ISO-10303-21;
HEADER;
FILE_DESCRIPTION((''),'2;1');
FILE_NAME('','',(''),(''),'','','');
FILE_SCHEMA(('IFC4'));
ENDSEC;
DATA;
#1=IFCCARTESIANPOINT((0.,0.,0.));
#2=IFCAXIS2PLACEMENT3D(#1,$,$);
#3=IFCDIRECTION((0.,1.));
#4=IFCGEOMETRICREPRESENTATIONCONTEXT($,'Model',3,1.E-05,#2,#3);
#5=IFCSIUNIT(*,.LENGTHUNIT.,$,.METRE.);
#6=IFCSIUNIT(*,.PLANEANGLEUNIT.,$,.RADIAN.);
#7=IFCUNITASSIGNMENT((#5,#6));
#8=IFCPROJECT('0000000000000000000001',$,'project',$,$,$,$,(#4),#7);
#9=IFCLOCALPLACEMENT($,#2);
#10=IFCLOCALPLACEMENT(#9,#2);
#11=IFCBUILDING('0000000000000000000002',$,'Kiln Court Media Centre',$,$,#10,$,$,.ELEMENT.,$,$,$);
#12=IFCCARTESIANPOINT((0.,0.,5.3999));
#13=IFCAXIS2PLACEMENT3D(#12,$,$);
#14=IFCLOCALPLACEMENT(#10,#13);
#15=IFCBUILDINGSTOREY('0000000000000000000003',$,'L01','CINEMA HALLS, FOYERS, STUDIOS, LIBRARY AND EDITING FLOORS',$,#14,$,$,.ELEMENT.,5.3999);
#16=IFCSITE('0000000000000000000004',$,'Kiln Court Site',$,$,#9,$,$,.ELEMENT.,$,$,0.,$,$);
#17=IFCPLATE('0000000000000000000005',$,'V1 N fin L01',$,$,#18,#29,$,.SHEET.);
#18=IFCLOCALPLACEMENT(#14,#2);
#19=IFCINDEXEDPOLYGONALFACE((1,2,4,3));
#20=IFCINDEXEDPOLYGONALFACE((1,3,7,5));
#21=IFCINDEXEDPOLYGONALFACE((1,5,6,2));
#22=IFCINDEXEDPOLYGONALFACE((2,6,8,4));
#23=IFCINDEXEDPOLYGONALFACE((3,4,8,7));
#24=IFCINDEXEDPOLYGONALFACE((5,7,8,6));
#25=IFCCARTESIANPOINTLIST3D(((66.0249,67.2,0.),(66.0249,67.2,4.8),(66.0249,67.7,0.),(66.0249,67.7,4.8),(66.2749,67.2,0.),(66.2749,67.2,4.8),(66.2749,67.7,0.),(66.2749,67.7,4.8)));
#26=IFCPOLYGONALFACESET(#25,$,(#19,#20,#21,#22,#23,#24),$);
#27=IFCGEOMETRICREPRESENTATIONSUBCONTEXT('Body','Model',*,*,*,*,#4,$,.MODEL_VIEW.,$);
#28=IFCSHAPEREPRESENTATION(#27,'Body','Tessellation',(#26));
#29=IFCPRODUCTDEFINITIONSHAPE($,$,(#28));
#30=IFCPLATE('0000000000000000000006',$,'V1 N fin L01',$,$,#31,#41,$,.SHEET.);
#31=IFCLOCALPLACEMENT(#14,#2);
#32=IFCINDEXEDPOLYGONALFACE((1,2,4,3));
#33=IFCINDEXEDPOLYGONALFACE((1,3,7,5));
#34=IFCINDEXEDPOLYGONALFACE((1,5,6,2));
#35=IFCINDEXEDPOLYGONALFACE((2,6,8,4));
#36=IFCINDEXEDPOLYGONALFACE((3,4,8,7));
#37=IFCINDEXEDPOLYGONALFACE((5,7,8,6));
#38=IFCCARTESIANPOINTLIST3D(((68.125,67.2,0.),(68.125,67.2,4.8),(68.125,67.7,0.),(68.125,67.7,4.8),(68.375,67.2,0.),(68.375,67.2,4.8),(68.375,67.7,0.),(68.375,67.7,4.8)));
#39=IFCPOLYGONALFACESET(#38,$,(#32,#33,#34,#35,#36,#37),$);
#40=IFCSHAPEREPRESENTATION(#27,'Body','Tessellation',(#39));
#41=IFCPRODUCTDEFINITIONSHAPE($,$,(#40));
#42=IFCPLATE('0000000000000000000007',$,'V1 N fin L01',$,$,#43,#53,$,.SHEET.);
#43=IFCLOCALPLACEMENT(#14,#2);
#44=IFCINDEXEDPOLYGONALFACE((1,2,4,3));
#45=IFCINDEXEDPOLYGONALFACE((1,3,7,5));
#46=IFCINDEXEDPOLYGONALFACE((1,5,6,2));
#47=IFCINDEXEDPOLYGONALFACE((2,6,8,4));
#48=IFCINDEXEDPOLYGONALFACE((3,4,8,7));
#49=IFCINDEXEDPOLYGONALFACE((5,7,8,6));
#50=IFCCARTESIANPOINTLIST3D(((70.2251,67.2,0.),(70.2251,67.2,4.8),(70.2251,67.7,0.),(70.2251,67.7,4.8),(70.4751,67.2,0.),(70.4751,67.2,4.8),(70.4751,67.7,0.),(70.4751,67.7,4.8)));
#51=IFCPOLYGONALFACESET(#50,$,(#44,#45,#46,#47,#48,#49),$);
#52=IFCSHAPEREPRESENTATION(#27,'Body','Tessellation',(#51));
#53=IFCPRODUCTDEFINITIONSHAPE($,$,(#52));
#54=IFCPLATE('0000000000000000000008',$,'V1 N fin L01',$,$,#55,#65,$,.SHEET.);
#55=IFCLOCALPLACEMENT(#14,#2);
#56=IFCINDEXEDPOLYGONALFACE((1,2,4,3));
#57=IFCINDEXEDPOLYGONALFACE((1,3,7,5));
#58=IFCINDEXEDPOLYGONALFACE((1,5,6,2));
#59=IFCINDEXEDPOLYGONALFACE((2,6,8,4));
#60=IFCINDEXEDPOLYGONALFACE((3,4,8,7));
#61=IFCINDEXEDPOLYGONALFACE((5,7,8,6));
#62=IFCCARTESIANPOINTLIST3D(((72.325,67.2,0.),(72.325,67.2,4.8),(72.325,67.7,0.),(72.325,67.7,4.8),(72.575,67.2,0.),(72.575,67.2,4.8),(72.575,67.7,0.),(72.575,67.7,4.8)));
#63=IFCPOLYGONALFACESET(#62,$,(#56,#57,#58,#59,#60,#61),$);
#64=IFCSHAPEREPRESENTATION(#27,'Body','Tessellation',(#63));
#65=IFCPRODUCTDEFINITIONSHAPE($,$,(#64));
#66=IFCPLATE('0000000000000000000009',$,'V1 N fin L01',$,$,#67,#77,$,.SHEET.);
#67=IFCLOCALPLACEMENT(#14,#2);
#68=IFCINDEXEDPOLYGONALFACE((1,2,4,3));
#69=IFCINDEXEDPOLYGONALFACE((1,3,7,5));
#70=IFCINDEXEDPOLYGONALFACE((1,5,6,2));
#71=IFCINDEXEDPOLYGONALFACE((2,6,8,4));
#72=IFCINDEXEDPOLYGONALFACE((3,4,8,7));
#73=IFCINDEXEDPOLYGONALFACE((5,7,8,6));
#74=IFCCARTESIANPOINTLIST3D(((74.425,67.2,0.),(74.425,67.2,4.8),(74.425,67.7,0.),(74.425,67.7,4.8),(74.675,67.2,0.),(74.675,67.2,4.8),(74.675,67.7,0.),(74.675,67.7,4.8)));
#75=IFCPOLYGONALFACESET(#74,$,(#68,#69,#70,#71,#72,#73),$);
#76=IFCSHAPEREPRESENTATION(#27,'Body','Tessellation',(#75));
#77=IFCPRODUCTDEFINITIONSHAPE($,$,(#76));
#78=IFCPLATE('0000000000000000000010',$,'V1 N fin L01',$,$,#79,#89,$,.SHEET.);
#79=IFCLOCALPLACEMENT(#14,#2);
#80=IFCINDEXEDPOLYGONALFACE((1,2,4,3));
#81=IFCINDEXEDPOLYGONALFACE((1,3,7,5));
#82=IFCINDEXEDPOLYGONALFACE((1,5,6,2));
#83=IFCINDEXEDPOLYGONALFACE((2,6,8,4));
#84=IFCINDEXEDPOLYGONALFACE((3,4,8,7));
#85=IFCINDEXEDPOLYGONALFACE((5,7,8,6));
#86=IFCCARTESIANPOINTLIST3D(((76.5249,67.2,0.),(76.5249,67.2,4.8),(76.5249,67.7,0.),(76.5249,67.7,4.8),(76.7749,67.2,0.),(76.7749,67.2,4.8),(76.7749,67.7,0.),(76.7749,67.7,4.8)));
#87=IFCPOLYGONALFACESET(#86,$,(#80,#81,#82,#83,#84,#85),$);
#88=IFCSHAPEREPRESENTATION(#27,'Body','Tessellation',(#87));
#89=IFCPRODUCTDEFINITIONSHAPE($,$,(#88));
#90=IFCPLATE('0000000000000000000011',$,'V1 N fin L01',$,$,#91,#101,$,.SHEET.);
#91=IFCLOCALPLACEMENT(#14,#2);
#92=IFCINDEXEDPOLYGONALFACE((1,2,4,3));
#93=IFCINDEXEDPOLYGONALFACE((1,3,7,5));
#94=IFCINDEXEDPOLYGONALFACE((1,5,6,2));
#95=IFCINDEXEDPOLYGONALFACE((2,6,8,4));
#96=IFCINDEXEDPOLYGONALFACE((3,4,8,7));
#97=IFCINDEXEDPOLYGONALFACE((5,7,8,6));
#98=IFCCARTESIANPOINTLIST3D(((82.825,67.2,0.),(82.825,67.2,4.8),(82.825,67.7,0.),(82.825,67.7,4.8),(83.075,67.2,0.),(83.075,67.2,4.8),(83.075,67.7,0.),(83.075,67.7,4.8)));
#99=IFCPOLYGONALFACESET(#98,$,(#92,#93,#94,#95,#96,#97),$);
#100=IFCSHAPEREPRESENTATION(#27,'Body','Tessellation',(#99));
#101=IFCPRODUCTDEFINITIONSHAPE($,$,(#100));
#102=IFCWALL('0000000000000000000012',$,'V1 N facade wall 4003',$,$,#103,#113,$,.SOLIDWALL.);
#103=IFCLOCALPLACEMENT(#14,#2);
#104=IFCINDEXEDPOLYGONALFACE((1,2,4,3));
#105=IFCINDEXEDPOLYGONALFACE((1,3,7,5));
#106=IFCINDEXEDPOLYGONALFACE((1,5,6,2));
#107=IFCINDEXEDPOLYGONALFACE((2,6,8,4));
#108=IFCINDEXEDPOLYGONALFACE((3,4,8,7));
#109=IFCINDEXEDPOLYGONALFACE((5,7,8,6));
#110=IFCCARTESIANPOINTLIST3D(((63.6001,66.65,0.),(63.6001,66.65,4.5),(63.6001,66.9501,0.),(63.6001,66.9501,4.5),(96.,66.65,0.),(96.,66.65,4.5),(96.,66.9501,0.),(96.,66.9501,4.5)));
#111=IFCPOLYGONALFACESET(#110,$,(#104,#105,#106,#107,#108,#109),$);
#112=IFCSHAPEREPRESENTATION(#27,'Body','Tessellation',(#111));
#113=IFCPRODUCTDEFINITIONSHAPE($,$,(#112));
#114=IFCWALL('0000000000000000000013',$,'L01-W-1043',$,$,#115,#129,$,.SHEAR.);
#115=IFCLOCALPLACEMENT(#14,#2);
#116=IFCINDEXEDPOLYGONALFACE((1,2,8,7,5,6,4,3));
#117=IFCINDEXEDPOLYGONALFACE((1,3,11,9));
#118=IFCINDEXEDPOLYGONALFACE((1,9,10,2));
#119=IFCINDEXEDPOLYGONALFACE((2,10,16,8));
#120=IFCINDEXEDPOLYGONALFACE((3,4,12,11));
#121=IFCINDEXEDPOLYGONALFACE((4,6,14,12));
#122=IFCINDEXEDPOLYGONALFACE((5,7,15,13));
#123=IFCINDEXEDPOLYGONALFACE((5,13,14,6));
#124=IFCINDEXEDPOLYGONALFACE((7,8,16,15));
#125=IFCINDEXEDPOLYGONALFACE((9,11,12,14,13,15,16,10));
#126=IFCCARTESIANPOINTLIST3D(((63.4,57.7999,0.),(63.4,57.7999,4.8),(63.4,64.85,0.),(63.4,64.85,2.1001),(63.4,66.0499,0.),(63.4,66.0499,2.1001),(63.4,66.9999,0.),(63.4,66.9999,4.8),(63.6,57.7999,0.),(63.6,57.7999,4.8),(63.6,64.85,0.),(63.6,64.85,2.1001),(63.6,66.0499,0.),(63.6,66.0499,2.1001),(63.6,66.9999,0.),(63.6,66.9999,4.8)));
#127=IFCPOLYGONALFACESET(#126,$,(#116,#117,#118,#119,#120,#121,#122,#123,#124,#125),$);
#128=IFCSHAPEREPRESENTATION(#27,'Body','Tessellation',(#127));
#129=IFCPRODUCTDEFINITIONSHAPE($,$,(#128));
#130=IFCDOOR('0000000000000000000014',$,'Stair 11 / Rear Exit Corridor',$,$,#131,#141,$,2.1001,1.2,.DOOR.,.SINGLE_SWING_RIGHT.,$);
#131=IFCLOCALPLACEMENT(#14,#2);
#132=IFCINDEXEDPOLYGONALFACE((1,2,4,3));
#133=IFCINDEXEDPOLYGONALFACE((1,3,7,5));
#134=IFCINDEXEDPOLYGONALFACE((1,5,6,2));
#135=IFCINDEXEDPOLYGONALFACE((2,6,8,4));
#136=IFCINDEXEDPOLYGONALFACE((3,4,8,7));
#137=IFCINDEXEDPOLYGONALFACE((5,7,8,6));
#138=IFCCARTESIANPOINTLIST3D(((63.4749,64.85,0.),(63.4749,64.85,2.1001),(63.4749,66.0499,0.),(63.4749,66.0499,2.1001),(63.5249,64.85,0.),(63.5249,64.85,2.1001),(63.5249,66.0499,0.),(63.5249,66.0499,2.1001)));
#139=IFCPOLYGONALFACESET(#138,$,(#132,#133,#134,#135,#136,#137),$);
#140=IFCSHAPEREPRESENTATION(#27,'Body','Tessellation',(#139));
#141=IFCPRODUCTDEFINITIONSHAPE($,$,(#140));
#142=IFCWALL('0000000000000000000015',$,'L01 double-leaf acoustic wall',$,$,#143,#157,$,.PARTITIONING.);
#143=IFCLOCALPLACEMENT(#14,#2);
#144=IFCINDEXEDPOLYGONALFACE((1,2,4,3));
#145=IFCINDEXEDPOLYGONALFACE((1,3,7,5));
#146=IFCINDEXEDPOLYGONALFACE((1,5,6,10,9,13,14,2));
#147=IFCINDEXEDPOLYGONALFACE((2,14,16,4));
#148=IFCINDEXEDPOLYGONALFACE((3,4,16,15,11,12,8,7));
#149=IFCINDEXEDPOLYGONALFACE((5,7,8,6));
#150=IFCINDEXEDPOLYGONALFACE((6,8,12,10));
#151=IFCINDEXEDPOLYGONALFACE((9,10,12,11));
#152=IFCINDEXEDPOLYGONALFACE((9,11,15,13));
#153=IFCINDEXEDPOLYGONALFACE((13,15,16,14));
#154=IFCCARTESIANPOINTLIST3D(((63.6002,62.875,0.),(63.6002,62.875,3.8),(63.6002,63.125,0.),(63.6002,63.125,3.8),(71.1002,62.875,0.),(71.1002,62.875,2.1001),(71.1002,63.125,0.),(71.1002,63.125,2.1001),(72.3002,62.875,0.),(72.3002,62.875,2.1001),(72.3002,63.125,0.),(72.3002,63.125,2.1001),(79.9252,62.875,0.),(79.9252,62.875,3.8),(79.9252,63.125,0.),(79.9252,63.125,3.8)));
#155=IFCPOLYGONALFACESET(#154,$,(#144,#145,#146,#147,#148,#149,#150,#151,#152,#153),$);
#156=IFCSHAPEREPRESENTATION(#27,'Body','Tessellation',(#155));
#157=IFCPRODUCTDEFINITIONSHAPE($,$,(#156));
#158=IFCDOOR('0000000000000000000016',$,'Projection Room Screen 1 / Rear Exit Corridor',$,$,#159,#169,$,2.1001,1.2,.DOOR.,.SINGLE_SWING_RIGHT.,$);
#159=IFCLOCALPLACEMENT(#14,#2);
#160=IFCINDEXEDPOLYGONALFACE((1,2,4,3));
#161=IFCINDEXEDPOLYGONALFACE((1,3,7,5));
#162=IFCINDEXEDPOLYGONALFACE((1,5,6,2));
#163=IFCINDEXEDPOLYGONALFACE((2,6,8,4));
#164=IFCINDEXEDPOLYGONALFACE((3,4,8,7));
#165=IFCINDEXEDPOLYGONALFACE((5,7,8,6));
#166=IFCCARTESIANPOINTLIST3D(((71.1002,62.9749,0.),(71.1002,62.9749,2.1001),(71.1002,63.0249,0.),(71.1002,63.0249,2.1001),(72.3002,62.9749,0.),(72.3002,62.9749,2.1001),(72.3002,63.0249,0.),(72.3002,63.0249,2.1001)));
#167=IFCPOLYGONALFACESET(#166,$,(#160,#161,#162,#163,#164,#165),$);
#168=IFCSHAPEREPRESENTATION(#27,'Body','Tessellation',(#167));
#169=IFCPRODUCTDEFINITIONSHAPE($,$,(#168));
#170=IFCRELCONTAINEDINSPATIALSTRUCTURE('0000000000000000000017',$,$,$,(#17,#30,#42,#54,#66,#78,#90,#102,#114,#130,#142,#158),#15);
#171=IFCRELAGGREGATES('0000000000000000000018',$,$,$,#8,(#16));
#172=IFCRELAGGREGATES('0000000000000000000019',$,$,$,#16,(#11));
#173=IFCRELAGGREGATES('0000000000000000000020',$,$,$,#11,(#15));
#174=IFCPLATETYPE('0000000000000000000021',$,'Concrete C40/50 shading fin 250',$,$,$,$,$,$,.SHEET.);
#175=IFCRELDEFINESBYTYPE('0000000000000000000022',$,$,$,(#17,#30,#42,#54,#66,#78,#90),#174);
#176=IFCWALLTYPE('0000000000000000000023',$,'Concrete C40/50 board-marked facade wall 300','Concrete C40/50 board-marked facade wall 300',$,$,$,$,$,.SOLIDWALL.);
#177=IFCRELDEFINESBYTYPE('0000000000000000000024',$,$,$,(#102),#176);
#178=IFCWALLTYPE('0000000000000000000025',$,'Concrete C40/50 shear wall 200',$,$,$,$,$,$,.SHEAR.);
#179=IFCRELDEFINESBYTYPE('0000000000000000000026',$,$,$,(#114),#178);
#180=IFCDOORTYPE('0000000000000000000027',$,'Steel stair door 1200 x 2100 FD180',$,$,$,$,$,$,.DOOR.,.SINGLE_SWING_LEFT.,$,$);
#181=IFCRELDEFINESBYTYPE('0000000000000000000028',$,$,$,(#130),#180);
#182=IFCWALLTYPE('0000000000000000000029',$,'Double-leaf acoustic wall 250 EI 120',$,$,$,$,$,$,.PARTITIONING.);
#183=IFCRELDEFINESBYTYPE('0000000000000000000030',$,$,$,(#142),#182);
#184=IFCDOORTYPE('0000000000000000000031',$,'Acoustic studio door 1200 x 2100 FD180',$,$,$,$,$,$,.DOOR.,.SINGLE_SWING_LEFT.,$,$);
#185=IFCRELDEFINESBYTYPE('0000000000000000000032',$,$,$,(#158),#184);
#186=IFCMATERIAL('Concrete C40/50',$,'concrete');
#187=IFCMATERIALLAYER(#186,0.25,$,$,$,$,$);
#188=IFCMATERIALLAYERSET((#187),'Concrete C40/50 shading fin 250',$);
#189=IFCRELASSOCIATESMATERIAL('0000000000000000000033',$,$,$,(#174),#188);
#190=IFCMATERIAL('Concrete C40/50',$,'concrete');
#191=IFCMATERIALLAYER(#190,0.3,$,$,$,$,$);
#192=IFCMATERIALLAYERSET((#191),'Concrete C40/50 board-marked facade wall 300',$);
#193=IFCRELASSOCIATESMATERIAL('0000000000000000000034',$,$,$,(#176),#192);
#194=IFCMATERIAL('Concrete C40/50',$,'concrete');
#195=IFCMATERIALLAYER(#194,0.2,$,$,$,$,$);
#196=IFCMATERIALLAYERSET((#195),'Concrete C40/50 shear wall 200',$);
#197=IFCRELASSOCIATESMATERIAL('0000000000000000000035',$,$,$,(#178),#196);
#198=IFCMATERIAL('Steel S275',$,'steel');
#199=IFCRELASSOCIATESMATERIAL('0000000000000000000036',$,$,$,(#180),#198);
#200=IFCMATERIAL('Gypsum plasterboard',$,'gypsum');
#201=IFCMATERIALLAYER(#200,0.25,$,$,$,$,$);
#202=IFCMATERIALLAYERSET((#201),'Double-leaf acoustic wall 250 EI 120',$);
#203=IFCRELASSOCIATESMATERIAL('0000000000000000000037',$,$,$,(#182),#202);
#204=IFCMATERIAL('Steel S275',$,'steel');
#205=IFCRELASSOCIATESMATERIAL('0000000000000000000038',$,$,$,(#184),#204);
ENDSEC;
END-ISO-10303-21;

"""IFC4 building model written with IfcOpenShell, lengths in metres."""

from ifc_helpers import new_model, si_unit, direction, frame, frame_2d, origin, origin_2d, place, context, subcontext, project, spatial, rectangle, extrude, material, layer, layer_set, type_object, element, fill, save


model = new_model("IFC4")

# Units and contexts
model_context = context("Model", 3, precision=1e-05, world=origin(), true_north=direction((0.0, 1.0)))
body_context = subcontext(model_context, "Body", "Model", "MODEL_VIEW")
ifc_project = project(units=[si_unit("LENGTHUNIT", "METRE"), si_unit("PLANEANGLEUNIT", "RADIAN")], contexts=[model_context])

# Site, building, storey
site_placement = place(None, origin())
site = spatial("IfcSite", under=ifc_project, at=site_placement, Name="Kiln Court Site", CompositionType="ELEMENT", RefElevation=0.0)
building_placement = place(site_placement, origin())
building = spatial("IfcBuilding", under=site, at=building_placement, Name="Kiln Court Media Centre", CompositionType="ELEMENT")
storey_placement = place(building_placement, frame((0.0, 0.0, 5.3999)))
storey = spatial("IfcBuildingStorey", under=building, at=storey_placement, Name="L01", Description="CINEMA HALLS, FOYERS, STUDIOS, LIBRARY AND EDITING FLOORS", CompositionType="ELEMENT", Elevation=5.3999)

# Plates
ifc_material_1 = material(Name="Concrete C40/50", Category="concrete")
ifc_layer_1 = layer(ifc_material_1, 0.25)
ifc_layer_set_1 = layer_set([ifc_layer_1], Name="Concrete C40/50 shading fin 250")
plate_type = type_object("IfcPlateType", Name="Concrete C40/50 shading fin 250", PredefinedType="SHEET", material=ifc_layer_set_1)
for number, where, z_axis, x_axis, name in (
    (1, (66.1499, 67.45, 0.0), (0.0, 0.0, 1.0), (1.0, 0.0, 0.0), "V1 N fin L01"),
    (2, (68.25, 67.45, 0.0), (0.0, 0.0, 1.0), (1.0, 0.0, 0.0), "V1 N fin L01"),
    (3, (70.3501, 67.45, 0.0), (0.0, 0.0, 1.0), (1.0, 0.0, 0.0), "V1 N fin L01"),
    (4, (72.45, 67.45, 0.0), (0.0, 0.0, 1.0), (1.0, 0.0, 0.0), "V1 N fin L01"),
    (5, (74.55, 67.45, 0.0), (0.0, 0.0, 1.0), (1.0, 0.0, 0.0), "V1 N fin L01"),
    (6, (76.6499, 67.45, 0.0), (0.0, 0.0, 1.0), (1.0, 0.0, 0.0), "V1 N fin L01"),
    (7, (82.95, 67.45, 0.0), (0.0, 0.0, 1.0), (1.0, 0.0, 0.0), "V1 N fin L01"),
):
    element("IfcPlate", number, at=place(storey_placement, frame(where, z_axis=z_axis, x_axis=x_axis)), inside=storey, type_object=plate_type, Name=name, PredefinedType="SHEET", context=body_context, shape_type="SweptSolid", body=[
        extrude(rectangle(XDim=0.25, YDim=0.5, at=origin_2d()), origin(), (0.0, 0.0, 1.0), 4.8),
    ])

# Wall
ifc_material_2 = material(Name="Concrete C40/50", Category="concrete")
ifc_layer_2 = layer(ifc_material_2, 0.3)
ifc_layer_set_2 = layer_set([ifc_layer_2], Name="Concrete C40/50 board-marked facade wall 300")
wall_type_1 = type_object("IfcWallType", Name="Concrete C40/50 board-marked facade wall 300", Description="Concrete C40/50 board-marked facade wall 300", PredefinedType="SOLIDWALL", material=ifc_layer_set_2)
wall_1_placement = place(storey_placement, frame((63.6001, 66.8, 0.0), z_axis=(0.0, 0.0, 1.0), x_axis=(1.0, 0.0, 0.0)))
element("IfcWall", 8, at=wall_1_placement, inside=storey, type_object=wall_type_1, Name="V1 N facade wall 4003", PredefinedType="SOLIDWALL", context=body_context, shape_type="SweptSolid", body=[
    extrude(rectangle(XDim=32.3999, YDim=0.3, at=frame_2d((16.2, 0.0))), origin(), (0.0, 0.0, 1.0), 4.5),
])

# Walls, openings, doors
ifc_material_3 = material(Name="Concrete C40/50", Category="concrete")
ifc_layer_3 = layer(ifc_material_3, 0.2)
ifc_layer_set_3 = layer_set([ifc_layer_3], Name="Concrete C40/50 shear wall 200")
wall_type_2 = type_object("IfcWallType", Name="Concrete C40/50 shear wall 200", PredefinedType="SHEAR", material=ifc_layer_set_3)
wall_2_placement = place(storey_placement, frame((63.5, 67.0, 0.0), z_axis=(0.0, 0.0, 1.0), x_axis=(0.0, -1.0, 0.0)))
wall_2 = element("IfcWall", 9, at=wall_2_placement, inside=storey, type_object=wall_type_2, Name="L01-W-1043", PredefinedType="SHEAR", context=body_context, shape_type="SweptSolid", body=[
    extrude(rectangle(XDim=9.2, YDim=0.2, at=frame_2d((4.6001, 0.0))), origin(), (0.0, 0.0, 1.0), 4.8),
])
opening_1_placement = place(wall_2_placement, frame((0.95, 0.0, 0.0)))
opening_1 = element("IfcOpeningElement", 10, at=opening_1_placement, cuts=wall_2, PredefinedType="OPENING", context=body_context, shape_type="SweptSolid", body=[
    extrude(rectangle(XDim=1.2, YDim=2.1001, at=frame_2d((0.6001, 1.05))), frame((0.0, 0.1099, 0.0), z_axis=(0.0, -1.0, 0.0), x_axis=(1.0, 0.0, 0.0)), (0.0, 0.0, 1.0), 0.22),
])
ifc_material_4 = material(Name="Steel S275", Category="steel")
door_type_1 = type_object("IfcDoorType", Name="Steel stair door 1200 x 2100 FD180", OperationType="SINGLE_SWING_LEFT", PredefinedType="DOOR", material=ifc_material_4)
door_1_placement = place(opening_1_placement, origin())
door_1 = element("IfcDoor", 11, at=door_1_placement, inside=storey, type_object=door_type_1, Name="Stair 11 / Rear Exit Corridor", OperationType="SINGLE_SWING_RIGHT", OverallHeight=2.1001, OverallWidth=1.2, PredefinedType="DOOR", context=body_context, shape_type="SweptSolid", body=[
    extrude(rectangle(XDim=1.2, YDim=2.1001, at=frame_2d((0.6001, 1.05))), frame((0.0, 0.0249, 0.0), z_axis=(0.0, -1.0, 0.0), x_axis=(1.0, 0.0, 0.0)), (0.0, 0.0, 1.0), 0.05),
])
fill(opening_1, door_1)
ifc_material_5 = material(Name="Gypsum plasterboard", Category="gypsum")
ifc_layer_4 = layer(ifc_material_5, 0.25)
ifc_layer_set_4 = layer_set([ifc_layer_4], Name="Double-leaf acoustic wall 250 EI 120")
wall_type_3 = type_object("IfcWallType", Name="Double-leaf acoustic wall 250 EI 120", PredefinedType="PARTITIONING", material=ifc_layer_set_4)
wall_3_placement = place(storey_placement, frame((63.6001, 63.0, 0.0), z_axis=(0.0, 0.0, 1.0), x_axis=(1.0, 0.0, 0.0)))
wall_3 = element("IfcWall", 12, at=wall_3_placement, inside=storey, type_object=wall_type_3, Name="L01 double-leaf acoustic wall", PredefinedType="PARTITIONING", context=body_context, shape_type="SweptSolid", body=[
    extrude(rectangle(XDim=16.325, YDim=0.25, at=frame_2d((8.1626, 0.0))), origin(), (0.0, 0.0, 1.0), 3.8),
])
opening_2_placement = place(wall_3_placement, frame((7.5, 0.0, 0.0)))
opening_2 = element("IfcOpeningElement", 13, at=opening_2_placement, cuts=wall_3, PredefinedType="OPENING", context=body_context, shape_type="SweptSolid", body=[
    extrude(rectangle(XDim=1.2, YDim=2.1001, at=frame_2d((0.6001, 1.05))), frame((0.0, 0.135, 0.0), z_axis=(0.0, -1.0, 0.0), x_axis=(1.0, 0.0, 0.0)), (0.0, 0.0, 1.0), 0.27),
])
ifc_material_6 = material(Name="Steel S275", Category="steel")
door_type_2 = type_object("IfcDoorType", Name="Acoustic studio door 1200 x 2100 FD180", OperationType="SINGLE_SWING_LEFT", PredefinedType="DOOR", material=ifc_material_6)
door_2_placement = place(opening_2_placement, origin())
door_2 = element("IfcDoor", 14, at=door_2_placement, inside=storey, type_object=door_type_2, Name="Projection Room Screen 1 / Rear Exit Corridor", OperationType="SINGLE_SWING_RIGHT", OverallHeight=2.1001, OverallWidth=1.2, PredefinedType="DOOR", context=body_context, shape_type="SweptSolid", body=[
    extrude(rectangle(XDim=1.2, YDim=2.1001, at=frame_2d((0.6001, 1.05))), frame((0.0, 0.0249, 0.0), z_axis=(0.0, -1.0, 0.0), x_axis=(1.0, 0.0, 0.0)), (0.0, 0.0, 1.0), 0.05),
])
fill(opening_2, door_2)

save(model, "model.ifc")
